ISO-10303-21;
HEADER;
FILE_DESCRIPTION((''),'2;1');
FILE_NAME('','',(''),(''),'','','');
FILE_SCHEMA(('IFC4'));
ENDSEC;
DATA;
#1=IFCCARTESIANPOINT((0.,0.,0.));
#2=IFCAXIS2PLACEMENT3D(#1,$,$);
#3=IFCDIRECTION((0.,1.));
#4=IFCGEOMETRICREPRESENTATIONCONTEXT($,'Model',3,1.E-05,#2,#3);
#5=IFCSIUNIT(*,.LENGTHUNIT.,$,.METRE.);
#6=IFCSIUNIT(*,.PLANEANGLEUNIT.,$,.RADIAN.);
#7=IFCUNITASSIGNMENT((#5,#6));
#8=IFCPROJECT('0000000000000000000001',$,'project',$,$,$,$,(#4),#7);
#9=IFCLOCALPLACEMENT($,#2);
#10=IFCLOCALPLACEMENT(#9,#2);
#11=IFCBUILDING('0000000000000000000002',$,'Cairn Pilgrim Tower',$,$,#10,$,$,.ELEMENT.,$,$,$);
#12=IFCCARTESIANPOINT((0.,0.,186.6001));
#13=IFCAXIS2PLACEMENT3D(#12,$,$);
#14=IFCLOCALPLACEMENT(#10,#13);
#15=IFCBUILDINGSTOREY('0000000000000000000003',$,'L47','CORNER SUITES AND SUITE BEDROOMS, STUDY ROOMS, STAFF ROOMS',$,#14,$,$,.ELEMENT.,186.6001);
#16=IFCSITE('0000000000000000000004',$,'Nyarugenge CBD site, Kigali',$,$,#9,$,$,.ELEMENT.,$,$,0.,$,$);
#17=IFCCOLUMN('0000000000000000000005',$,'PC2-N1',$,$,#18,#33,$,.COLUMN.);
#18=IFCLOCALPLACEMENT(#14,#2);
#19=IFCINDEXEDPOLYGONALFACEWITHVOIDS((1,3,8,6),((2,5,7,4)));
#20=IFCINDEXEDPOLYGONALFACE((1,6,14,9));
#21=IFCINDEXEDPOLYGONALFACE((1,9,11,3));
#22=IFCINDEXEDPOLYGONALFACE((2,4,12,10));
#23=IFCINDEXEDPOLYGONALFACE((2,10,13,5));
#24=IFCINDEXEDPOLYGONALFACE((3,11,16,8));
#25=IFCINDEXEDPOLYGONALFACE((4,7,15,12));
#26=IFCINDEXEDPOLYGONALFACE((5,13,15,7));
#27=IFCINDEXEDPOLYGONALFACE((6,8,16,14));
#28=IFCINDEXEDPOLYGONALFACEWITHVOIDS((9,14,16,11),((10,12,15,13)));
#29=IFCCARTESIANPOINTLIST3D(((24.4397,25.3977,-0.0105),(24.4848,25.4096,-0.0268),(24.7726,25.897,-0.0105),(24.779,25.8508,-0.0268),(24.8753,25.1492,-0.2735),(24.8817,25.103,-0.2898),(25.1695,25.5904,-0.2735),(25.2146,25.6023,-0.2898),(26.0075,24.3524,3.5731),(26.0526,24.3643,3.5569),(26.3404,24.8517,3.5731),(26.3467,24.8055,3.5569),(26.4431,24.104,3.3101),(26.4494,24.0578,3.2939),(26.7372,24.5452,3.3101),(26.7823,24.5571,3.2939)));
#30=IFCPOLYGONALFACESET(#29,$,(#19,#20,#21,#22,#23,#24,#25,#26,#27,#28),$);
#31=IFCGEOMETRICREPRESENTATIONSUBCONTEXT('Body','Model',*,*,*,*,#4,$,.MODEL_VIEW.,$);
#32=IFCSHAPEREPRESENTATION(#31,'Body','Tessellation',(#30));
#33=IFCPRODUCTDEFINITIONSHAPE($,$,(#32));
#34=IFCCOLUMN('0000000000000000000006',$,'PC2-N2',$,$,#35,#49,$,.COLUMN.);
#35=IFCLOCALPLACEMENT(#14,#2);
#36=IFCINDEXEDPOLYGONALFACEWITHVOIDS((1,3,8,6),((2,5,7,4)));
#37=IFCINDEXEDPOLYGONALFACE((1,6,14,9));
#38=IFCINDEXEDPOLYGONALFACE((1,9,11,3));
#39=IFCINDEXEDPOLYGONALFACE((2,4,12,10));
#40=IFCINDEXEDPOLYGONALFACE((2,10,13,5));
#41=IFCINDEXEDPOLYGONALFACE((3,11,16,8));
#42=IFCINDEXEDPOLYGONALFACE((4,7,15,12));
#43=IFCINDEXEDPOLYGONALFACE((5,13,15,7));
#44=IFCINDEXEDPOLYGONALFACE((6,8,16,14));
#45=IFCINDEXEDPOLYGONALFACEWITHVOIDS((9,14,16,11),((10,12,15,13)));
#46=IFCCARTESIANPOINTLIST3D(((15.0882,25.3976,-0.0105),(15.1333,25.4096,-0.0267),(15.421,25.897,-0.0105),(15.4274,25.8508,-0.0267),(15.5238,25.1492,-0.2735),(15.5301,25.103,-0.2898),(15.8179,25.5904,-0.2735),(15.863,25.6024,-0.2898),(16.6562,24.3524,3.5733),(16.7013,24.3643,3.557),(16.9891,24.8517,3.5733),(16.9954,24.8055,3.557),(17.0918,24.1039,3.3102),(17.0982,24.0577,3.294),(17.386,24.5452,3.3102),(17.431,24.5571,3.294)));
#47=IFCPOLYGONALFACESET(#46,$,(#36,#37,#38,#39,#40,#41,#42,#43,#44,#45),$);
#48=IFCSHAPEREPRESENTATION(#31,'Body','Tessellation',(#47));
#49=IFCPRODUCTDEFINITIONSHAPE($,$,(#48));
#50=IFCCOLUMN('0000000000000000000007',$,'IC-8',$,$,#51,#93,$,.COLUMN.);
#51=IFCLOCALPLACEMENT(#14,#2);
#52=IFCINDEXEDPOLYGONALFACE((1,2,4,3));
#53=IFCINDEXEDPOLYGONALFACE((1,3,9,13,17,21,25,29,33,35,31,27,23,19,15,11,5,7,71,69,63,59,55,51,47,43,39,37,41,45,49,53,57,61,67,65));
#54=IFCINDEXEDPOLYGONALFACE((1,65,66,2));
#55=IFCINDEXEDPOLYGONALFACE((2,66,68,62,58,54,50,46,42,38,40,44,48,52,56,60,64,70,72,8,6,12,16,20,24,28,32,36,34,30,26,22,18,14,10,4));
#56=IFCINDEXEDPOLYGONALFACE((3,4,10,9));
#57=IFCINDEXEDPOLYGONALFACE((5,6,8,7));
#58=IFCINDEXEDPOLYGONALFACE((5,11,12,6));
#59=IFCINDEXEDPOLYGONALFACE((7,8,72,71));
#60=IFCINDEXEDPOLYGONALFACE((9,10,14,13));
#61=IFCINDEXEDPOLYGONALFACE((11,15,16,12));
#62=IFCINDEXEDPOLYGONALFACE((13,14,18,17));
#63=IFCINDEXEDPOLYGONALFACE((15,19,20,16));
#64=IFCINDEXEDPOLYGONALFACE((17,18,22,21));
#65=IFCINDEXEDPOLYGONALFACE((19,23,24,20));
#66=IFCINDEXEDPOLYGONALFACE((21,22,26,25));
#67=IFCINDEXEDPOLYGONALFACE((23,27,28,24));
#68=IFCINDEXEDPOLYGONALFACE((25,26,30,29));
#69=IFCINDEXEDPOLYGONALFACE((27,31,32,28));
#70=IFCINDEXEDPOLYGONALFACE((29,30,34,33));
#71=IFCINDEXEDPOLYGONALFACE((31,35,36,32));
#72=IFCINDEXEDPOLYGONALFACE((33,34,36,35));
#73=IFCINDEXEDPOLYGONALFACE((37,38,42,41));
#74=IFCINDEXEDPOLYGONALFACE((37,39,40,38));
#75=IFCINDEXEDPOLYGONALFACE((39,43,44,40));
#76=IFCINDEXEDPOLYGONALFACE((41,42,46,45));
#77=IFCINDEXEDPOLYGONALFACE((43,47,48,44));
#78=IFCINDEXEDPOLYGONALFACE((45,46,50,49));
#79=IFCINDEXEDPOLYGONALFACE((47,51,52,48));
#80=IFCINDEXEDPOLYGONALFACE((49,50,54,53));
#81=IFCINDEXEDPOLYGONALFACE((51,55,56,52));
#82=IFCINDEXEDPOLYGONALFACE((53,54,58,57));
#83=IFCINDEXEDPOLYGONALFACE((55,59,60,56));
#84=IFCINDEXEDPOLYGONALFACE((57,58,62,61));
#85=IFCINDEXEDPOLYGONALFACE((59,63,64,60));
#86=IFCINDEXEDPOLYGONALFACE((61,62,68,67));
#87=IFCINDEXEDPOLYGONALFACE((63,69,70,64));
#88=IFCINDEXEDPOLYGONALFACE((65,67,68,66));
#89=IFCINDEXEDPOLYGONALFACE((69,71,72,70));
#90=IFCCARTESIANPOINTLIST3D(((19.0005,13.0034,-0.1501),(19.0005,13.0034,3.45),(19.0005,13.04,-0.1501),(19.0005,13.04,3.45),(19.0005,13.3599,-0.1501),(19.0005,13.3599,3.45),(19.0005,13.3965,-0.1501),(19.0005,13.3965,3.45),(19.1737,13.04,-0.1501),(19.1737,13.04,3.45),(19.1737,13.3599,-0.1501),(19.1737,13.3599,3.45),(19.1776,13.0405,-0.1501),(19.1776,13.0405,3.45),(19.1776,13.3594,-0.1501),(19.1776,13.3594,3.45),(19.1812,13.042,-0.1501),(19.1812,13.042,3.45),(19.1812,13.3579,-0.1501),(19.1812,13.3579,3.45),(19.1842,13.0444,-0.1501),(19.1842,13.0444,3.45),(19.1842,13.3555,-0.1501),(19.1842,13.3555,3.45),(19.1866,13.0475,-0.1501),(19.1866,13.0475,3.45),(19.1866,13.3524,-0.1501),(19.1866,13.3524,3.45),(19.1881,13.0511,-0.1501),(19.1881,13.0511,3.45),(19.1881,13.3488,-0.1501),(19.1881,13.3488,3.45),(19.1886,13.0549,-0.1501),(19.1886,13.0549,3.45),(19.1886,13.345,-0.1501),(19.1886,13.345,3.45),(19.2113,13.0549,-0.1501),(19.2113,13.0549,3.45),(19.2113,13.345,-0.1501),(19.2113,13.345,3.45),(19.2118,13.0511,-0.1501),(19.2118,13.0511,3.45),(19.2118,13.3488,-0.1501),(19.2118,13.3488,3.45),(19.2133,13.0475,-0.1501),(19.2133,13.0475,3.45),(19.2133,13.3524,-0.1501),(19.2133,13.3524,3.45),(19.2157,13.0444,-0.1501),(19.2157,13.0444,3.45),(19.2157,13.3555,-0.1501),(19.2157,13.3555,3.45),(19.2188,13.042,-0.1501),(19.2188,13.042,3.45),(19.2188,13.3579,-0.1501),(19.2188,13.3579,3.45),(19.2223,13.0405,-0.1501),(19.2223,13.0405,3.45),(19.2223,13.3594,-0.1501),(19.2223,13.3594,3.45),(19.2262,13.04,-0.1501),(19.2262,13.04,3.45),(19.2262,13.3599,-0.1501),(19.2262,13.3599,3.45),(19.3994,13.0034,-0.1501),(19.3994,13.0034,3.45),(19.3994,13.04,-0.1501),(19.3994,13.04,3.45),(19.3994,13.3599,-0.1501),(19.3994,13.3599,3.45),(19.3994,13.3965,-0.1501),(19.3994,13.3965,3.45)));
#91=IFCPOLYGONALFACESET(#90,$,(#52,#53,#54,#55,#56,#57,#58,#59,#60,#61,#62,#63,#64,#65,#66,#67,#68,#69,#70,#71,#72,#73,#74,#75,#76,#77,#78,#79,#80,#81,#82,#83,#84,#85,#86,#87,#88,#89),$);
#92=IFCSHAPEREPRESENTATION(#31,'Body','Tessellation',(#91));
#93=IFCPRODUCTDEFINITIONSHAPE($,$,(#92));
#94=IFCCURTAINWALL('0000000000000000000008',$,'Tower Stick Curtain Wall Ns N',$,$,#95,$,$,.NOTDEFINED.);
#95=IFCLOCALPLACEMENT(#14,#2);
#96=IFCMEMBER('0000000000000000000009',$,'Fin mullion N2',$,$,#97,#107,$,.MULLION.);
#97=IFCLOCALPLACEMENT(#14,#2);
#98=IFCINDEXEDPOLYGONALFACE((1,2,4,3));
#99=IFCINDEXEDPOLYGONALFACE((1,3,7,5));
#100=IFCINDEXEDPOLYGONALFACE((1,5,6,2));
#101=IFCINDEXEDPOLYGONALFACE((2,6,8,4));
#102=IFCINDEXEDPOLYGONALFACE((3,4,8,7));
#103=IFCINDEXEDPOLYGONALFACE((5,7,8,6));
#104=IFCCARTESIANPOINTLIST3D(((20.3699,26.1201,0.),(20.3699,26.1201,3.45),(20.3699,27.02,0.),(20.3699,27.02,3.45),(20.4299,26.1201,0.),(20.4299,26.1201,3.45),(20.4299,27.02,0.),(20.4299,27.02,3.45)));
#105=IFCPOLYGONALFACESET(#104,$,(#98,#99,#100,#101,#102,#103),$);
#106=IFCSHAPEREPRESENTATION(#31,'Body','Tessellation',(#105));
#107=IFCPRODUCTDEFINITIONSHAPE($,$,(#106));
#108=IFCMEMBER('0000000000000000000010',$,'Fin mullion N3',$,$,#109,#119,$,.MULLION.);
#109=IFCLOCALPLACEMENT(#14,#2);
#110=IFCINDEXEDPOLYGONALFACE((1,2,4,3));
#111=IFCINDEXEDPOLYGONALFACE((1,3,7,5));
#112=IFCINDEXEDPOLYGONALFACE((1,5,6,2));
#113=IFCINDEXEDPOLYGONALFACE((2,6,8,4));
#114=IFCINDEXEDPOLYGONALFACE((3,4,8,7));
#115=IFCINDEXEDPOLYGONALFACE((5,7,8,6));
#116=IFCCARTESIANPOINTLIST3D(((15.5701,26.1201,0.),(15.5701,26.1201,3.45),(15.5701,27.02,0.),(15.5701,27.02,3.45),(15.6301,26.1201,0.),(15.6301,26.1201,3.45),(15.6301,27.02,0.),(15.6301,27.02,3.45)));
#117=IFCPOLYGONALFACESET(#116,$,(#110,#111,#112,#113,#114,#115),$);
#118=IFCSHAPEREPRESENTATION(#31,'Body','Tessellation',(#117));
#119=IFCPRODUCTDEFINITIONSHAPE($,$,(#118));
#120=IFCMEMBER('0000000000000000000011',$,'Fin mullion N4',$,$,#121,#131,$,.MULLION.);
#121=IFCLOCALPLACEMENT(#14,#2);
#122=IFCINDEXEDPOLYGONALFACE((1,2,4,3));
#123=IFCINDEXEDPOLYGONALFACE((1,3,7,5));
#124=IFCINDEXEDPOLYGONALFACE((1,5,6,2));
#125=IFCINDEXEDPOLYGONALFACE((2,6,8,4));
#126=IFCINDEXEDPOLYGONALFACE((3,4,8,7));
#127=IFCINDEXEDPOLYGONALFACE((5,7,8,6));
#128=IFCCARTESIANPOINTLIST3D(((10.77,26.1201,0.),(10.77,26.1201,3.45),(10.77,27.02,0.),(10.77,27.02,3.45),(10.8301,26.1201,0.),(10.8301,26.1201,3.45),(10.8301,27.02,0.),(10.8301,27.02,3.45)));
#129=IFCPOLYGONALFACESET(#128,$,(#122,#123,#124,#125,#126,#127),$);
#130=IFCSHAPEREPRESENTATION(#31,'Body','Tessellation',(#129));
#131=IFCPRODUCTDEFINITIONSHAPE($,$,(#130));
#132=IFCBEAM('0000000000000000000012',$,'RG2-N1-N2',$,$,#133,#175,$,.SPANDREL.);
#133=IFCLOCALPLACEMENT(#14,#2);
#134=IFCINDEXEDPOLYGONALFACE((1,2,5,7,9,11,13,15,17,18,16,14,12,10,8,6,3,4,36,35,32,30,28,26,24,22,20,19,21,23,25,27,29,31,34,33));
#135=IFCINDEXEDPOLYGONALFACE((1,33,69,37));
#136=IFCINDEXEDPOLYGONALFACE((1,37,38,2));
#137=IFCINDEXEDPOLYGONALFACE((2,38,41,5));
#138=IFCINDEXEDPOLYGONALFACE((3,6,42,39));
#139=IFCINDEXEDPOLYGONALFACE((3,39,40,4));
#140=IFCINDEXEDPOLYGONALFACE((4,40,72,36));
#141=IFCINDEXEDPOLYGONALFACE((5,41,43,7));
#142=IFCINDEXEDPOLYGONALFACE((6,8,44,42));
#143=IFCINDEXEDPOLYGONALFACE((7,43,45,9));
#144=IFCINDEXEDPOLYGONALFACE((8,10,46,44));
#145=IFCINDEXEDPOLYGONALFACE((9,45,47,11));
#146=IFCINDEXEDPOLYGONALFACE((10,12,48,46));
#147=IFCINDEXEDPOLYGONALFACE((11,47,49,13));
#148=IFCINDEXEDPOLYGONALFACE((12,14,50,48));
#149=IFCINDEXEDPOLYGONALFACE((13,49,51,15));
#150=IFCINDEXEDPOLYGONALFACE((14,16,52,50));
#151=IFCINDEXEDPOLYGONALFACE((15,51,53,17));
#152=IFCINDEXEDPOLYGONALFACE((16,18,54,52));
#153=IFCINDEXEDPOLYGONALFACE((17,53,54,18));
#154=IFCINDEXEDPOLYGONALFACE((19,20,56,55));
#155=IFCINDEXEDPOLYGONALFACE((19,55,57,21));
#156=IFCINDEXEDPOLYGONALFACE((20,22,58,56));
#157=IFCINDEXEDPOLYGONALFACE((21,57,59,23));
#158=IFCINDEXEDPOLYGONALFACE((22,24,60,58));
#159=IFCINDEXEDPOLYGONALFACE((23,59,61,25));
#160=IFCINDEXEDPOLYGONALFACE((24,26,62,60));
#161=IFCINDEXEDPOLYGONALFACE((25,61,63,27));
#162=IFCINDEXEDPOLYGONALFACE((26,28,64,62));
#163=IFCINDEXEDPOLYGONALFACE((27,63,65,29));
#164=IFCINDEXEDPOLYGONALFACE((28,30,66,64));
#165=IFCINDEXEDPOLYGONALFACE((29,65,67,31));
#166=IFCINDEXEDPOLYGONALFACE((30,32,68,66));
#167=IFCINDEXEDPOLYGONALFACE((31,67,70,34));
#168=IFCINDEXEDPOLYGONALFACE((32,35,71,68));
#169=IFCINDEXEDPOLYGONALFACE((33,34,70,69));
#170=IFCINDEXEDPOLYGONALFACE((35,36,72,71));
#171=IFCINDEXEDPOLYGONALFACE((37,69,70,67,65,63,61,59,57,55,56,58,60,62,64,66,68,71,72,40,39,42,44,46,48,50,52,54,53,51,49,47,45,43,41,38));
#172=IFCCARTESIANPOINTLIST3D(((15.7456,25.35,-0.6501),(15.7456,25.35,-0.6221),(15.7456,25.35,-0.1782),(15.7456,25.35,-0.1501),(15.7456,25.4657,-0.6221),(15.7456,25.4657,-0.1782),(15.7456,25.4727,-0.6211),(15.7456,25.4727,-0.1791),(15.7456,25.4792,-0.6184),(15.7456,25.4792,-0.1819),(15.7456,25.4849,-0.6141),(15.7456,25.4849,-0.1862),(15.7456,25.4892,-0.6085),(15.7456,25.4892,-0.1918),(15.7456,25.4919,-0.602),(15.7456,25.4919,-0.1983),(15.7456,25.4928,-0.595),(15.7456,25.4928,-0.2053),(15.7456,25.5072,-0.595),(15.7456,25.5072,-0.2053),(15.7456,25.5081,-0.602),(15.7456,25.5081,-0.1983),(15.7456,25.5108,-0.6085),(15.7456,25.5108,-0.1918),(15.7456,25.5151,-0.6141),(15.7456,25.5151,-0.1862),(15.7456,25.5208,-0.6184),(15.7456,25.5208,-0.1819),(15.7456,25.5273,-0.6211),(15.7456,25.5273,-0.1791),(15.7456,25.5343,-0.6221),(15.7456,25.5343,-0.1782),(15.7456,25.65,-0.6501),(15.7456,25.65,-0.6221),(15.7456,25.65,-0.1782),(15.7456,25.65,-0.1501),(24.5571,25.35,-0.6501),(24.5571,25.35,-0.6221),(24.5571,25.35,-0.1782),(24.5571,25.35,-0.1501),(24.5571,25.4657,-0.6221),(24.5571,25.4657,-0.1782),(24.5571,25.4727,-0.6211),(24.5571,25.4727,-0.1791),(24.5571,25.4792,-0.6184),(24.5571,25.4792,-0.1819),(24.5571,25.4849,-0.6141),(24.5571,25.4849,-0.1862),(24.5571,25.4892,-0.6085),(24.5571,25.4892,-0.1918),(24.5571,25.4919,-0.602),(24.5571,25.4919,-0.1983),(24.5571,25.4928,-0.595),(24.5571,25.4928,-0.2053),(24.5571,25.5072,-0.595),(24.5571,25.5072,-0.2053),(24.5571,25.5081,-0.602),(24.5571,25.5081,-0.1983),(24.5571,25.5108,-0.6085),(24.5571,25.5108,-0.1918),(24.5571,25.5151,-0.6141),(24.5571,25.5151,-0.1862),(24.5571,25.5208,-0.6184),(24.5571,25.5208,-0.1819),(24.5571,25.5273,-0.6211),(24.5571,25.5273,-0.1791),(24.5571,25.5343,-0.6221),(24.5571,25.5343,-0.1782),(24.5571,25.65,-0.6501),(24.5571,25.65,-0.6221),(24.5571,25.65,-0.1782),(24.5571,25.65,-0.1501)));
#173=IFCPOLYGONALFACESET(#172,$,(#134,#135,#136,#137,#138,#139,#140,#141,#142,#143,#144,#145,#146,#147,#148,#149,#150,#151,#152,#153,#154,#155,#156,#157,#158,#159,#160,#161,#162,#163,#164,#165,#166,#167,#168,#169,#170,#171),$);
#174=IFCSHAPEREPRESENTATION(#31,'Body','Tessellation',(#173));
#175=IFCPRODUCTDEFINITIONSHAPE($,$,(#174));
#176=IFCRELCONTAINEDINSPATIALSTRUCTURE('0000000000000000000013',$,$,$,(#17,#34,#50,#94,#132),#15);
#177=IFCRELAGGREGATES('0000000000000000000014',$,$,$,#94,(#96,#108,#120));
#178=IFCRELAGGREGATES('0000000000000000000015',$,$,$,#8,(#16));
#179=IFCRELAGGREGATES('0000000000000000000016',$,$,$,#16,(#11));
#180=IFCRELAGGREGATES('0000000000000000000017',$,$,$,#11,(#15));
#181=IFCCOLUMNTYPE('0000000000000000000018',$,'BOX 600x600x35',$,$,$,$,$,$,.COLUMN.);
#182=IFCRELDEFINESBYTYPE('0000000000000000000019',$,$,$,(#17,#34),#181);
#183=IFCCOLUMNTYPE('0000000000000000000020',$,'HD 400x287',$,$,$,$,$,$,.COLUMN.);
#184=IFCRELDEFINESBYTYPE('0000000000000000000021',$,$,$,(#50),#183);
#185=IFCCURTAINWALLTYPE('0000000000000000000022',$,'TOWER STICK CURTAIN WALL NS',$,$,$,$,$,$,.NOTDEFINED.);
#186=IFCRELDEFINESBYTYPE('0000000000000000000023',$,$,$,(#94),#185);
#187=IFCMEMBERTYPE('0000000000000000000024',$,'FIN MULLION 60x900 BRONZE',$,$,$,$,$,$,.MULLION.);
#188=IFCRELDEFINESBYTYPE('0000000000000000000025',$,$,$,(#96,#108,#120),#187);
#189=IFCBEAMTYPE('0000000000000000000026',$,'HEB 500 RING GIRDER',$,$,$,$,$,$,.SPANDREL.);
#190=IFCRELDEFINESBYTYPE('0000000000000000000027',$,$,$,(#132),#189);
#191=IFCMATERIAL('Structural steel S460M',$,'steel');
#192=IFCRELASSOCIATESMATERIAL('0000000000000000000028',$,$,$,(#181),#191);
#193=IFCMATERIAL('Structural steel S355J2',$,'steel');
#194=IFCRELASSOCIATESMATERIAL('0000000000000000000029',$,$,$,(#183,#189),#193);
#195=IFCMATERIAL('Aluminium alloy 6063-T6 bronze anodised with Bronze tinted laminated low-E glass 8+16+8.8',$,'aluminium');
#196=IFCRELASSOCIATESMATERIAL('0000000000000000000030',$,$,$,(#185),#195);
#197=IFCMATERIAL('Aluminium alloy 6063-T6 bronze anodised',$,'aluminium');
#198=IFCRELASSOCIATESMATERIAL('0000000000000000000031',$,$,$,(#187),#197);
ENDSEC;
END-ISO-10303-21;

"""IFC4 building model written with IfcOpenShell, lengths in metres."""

from ifc_helpers import new_model, si_unit, direction, frame, origin, origin_2d, place, context, subcontext, project, spatial, rectangle, hollow_rectangle, i_section, extrude, clip, halfspace, material, material_profile, profile_set, type_object, element, aggregate, save


model = new_model("IFC4")

# Units and contexts
model_context = context("Model", 3, precision=1e-05, world=origin(), true_north=direction((0.0, 1.0)))
body_context = subcontext(model_context, "Body", "Model", "MODEL_VIEW")
ifc_project = project(units=[si_unit("LENGTHUNIT", "METRE"), si_unit("PLANEANGLEUNIT", "RADIAN")], contexts=[model_context])

# Site, building, storey
site_placement = place(None, origin())
site = spatial("IfcSite", under=ifc_project, at=site_placement, Name="Nyarugenge CBD site, Kigali", CompositionType="ELEMENT", RefElevation=0.0)
building_placement = place(site_placement, origin())
building = spatial("IfcBuilding", under=site, at=building_placement, Name="Cairn Pilgrim Tower", CompositionType="ELEMENT")
storey_placement = place(building_placement, frame((0.0, 0.0, 186.6001)))
storey = spatial("IfcBuildingStorey", under=building, at=storey_placement, Name="L47", Description="CORNER SUITES AND SUITE BEDROOMS, STUDY ROOMS, STAFF ROOMS", CompositionType="ELEMENT", Elevation=186.6001)

# Columns
ifc_material_1 = material(Name="Structural steel S460M", Category="steel")
ifc_material_profile_1 = material_profile(ifc_material_1, hollow_rectangle(XDim=0.6001, YDim=0.6001, WallThickness=0.0349, at=origin_2d()), Name="BOX 600x600x35")
ifc_profile_set_1 = profile_set([ifc_material_profile_1], Name="Structural steel S460M")
column_type_1 = type_object("IfcColumnType", Name="BOX 600x600x35", PredefinedType="COLUMN", material=ifc_profile_set_1)
column_1_placement = place(storey_placement, frame((24.8271, 25.5, -0.1501), z_axis=(0.387213, -0.258162, 0.885109), x_axis=(0.55473, 0.83203, 0.0)))
element("IfcColumn", 1, at=column_1_placement, inside=storey, type_object=column_type_1, Name="PC2-N1", PredefinedType="COLUMN", context=body_context, shape_type="Clipping", body=[
    clip(extrude(hollow_rectangle(XDim=0.6001, YDim=0.6001, WallThickness=0.0349, at=origin_2d()), origin(), (0.0, 0.0, 1.0), 4.0674), halfspace(frame((0.0, 0.0, 4.0488), z_axis=(0.0, 0.0, 1.0), x_axis=(1.0, 0.0, 0.0)), False)),
])
column_2_placement = place(storey_placement, frame((15.4756, 25.5, -0.1501), z_axis=(0.387264, -0.258156, 0.885089), x_axis=(0.55467, 0.83207, 0.0)))
element("IfcColumn", 2, at=column_2_placement, inside=storey, type_object=column_type_1, Name="PC2-N2", PredefinedType="COLUMN", context=body_context, shape_type="Clipping", body=[
    clip(extrude(hollow_rectangle(XDim=0.6001, YDim=0.6001, WallThickness=0.0349, at=origin_2d()), origin(), (0.0, 0.0, 1.0), 4.0674), halfspace(frame((0.0, 0.0, 4.0491), z_axis=(0.0, 0.0, 1.0), x_axis=(1.0, 0.0, 0.0)), False)),
])
ifc_material_2 = material(Name="Structural steel S355J2", Category="steel")
ifc_material_profile_2 = material_profile(ifc_material_2, i_section(OverallWidth=0.3989, OverallDepth=0.3931, WebThickness=0.0227, FlangeThickness=0.0366, FilletRadius=0.0149, at=origin_2d()), Name="HD 400x287")
ifc_profile_set_2 = profile_set([ifc_material_profile_2], Name="Structural steel S355J2")
column_type_2 = type_object("IfcColumnType", Name="HD 400x287", PredefinedType="COLUMN", material=ifc_profile_set_2)
column_3_placement = place(storey_placement, frame((19.2, 13.2, -0.1501), z_axis=(0.0, 0.0, 1.0), x_axis=(1.0, 0.0, 0.0)))
element("IfcColumn", 3, at=column_3_placement, inside=storey, type_object=column_type_2, Name="IC-8", PredefinedType="COLUMN", context=body_context, shape_type="SweptSolid", body=[
    extrude(i_section(OverallWidth=0.3989, OverallDepth=0.3931, WebThickness=0.0227, FlangeThickness=0.0366, FilletRadius=0.0149, at=origin_2d()), origin(), (0.0, 0.0, 1.0), 3.6001),
])

# Curtain wall, members
ifc_material_3 = material(Name="Aluminium alloy 6063-T6 bronze anodised with Bronze tinted laminated low-E glass 8+16+8.8", Category="aluminium")
curtain_wall_type = type_object("IfcCurtainWallType", Name="TOWER STICK CURTAIN WALL NS", PredefinedType="NOTDEFINED", material=ifc_material_3)
curtain_wall_placement = place(storey_placement, origin())
curtain_wall = element("IfcCurtainWall", 4, at=curtain_wall_placement, inside=storey, type_object=curtain_wall_type, Name="Tower Stick Curtain Wall Ns N", PredefinedType="NOTDEFINED")
ifc_material_4 = material(Name="Aluminium alloy 6063-T6 bronze anodised", Category="aluminium")
ifc_material_profile_3 = material_profile(ifc_material_4, rectangle(XDim=0.8999, YDim=0.0601, at=origin_2d()), Name="FIN MULLION 60x900 BRONZE")
ifc_profile_set_3 = profile_set([ifc_material_profile_3], Name="Aluminium alloy 6063-T6 bronze anodised")
member_type_1 = type_object("IfcMemberType", Name="FIN MULLION 60x900 BRONZE", PredefinedType="MULLION", material=ifc_profile_set_3)
member_1_placement = place(storey_placement, frame((20.3999, 26.5701, 0.0), z_axis=(0.0, 0.0, 1.0), x_axis=(0.0, 1.0, 0.0)))
member_1 = element("IfcMember", 5, at=member_1_placement, type_object=member_type_1, Name="Fin mullion N2", PredefinedType="MULLION", context=body_context, shape_type="SweptSolid", body=[
    extrude(rectangle(XDim=0.8999, YDim=0.0601, at=origin_2d()), origin(), (0.0, 0.0, 1.0), 3.45),
])
member_2_placement = place(storey_placement, frame((15.6001, 26.5701, 0.0), z_axis=(0.0, 0.0, 1.0), x_axis=(0.0, 1.0, 0.0)))
member_2 = element("IfcMember", 6, at=member_2_placement, type_object=member_type_1, Name="Fin mullion N3", PredefinedType="MULLION", context=body_context, shape_type="SweptSolid", body=[
    extrude(rectangle(XDim=0.8999, YDim=0.0601, at=origin_2d()), origin(), (0.0, 0.0, 1.0), 3.45),
])
member_3_placement = place(storey_placement, frame((10.8, 26.5701, 0.0), z_axis=(0.0, 0.0, 1.0), x_axis=(0.0, 1.0, 0.0)))
member_3 = element("IfcMember", 7, at=member_3_placement, type_object=member_type_1, Name="Fin mullion N4", PredefinedType="MULLION", context=body_context, shape_type="SweptSolid", body=[
    extrude(rectangle(XDim=0.8999, YDim=0.0601, at=origin_2d()), origin(), (0.0, 0.0, 1.0), 3.45),
])

# Beam
ifc_material_profile_4 = material_profile(ifc_material_2, i_section(OverallWidth=0.3, OverallDepth=0.5, WebThickness=0.0144, FlangeThickness=0.0281, FilletRadius=0.0271, at=origin_2d()), Name="HEB 500")
ifc_profile_set_4 = profile_set([ifc_material_profile_4], Name="Structural steel S355J2")
beam_type_1 = type_object("IfcBeamType", Name="HEB 500 RING GIRDER", PredefinedType="SPANDREL", material=ifc_profile_set_4)
for number, where, z_axis, x_axis, name in (
    (8, (24.5571, 25.5, -0.4001), (-1.0, 0.0, 0.0), (0.0, -1.0, 0.0), "RG2-N1-N2"),
):
    element("IfcBeam", number, at=place(storey_placement, frame(where, z_axis=z_axis, x_axis=x_axis)), inside=storey, type_object=beam_type_1, Name=name, PredefinedType="SPANDREL", context=body_context, shape_type="SweptSolid", body=[
        extrude(i_section(OverallWidth=0.3, OverallDepth=0.5, WebThickness=0.0144, FlangeThickness=0.0281, FilletRadius=0.0271, at=origin_2d()), origin(), (0.0, 0.0, 1.0), 8.8115),
    ])

aggregate(curtain_wall, [member_1, member_2, member_3])

save(model, "model.ifc")
